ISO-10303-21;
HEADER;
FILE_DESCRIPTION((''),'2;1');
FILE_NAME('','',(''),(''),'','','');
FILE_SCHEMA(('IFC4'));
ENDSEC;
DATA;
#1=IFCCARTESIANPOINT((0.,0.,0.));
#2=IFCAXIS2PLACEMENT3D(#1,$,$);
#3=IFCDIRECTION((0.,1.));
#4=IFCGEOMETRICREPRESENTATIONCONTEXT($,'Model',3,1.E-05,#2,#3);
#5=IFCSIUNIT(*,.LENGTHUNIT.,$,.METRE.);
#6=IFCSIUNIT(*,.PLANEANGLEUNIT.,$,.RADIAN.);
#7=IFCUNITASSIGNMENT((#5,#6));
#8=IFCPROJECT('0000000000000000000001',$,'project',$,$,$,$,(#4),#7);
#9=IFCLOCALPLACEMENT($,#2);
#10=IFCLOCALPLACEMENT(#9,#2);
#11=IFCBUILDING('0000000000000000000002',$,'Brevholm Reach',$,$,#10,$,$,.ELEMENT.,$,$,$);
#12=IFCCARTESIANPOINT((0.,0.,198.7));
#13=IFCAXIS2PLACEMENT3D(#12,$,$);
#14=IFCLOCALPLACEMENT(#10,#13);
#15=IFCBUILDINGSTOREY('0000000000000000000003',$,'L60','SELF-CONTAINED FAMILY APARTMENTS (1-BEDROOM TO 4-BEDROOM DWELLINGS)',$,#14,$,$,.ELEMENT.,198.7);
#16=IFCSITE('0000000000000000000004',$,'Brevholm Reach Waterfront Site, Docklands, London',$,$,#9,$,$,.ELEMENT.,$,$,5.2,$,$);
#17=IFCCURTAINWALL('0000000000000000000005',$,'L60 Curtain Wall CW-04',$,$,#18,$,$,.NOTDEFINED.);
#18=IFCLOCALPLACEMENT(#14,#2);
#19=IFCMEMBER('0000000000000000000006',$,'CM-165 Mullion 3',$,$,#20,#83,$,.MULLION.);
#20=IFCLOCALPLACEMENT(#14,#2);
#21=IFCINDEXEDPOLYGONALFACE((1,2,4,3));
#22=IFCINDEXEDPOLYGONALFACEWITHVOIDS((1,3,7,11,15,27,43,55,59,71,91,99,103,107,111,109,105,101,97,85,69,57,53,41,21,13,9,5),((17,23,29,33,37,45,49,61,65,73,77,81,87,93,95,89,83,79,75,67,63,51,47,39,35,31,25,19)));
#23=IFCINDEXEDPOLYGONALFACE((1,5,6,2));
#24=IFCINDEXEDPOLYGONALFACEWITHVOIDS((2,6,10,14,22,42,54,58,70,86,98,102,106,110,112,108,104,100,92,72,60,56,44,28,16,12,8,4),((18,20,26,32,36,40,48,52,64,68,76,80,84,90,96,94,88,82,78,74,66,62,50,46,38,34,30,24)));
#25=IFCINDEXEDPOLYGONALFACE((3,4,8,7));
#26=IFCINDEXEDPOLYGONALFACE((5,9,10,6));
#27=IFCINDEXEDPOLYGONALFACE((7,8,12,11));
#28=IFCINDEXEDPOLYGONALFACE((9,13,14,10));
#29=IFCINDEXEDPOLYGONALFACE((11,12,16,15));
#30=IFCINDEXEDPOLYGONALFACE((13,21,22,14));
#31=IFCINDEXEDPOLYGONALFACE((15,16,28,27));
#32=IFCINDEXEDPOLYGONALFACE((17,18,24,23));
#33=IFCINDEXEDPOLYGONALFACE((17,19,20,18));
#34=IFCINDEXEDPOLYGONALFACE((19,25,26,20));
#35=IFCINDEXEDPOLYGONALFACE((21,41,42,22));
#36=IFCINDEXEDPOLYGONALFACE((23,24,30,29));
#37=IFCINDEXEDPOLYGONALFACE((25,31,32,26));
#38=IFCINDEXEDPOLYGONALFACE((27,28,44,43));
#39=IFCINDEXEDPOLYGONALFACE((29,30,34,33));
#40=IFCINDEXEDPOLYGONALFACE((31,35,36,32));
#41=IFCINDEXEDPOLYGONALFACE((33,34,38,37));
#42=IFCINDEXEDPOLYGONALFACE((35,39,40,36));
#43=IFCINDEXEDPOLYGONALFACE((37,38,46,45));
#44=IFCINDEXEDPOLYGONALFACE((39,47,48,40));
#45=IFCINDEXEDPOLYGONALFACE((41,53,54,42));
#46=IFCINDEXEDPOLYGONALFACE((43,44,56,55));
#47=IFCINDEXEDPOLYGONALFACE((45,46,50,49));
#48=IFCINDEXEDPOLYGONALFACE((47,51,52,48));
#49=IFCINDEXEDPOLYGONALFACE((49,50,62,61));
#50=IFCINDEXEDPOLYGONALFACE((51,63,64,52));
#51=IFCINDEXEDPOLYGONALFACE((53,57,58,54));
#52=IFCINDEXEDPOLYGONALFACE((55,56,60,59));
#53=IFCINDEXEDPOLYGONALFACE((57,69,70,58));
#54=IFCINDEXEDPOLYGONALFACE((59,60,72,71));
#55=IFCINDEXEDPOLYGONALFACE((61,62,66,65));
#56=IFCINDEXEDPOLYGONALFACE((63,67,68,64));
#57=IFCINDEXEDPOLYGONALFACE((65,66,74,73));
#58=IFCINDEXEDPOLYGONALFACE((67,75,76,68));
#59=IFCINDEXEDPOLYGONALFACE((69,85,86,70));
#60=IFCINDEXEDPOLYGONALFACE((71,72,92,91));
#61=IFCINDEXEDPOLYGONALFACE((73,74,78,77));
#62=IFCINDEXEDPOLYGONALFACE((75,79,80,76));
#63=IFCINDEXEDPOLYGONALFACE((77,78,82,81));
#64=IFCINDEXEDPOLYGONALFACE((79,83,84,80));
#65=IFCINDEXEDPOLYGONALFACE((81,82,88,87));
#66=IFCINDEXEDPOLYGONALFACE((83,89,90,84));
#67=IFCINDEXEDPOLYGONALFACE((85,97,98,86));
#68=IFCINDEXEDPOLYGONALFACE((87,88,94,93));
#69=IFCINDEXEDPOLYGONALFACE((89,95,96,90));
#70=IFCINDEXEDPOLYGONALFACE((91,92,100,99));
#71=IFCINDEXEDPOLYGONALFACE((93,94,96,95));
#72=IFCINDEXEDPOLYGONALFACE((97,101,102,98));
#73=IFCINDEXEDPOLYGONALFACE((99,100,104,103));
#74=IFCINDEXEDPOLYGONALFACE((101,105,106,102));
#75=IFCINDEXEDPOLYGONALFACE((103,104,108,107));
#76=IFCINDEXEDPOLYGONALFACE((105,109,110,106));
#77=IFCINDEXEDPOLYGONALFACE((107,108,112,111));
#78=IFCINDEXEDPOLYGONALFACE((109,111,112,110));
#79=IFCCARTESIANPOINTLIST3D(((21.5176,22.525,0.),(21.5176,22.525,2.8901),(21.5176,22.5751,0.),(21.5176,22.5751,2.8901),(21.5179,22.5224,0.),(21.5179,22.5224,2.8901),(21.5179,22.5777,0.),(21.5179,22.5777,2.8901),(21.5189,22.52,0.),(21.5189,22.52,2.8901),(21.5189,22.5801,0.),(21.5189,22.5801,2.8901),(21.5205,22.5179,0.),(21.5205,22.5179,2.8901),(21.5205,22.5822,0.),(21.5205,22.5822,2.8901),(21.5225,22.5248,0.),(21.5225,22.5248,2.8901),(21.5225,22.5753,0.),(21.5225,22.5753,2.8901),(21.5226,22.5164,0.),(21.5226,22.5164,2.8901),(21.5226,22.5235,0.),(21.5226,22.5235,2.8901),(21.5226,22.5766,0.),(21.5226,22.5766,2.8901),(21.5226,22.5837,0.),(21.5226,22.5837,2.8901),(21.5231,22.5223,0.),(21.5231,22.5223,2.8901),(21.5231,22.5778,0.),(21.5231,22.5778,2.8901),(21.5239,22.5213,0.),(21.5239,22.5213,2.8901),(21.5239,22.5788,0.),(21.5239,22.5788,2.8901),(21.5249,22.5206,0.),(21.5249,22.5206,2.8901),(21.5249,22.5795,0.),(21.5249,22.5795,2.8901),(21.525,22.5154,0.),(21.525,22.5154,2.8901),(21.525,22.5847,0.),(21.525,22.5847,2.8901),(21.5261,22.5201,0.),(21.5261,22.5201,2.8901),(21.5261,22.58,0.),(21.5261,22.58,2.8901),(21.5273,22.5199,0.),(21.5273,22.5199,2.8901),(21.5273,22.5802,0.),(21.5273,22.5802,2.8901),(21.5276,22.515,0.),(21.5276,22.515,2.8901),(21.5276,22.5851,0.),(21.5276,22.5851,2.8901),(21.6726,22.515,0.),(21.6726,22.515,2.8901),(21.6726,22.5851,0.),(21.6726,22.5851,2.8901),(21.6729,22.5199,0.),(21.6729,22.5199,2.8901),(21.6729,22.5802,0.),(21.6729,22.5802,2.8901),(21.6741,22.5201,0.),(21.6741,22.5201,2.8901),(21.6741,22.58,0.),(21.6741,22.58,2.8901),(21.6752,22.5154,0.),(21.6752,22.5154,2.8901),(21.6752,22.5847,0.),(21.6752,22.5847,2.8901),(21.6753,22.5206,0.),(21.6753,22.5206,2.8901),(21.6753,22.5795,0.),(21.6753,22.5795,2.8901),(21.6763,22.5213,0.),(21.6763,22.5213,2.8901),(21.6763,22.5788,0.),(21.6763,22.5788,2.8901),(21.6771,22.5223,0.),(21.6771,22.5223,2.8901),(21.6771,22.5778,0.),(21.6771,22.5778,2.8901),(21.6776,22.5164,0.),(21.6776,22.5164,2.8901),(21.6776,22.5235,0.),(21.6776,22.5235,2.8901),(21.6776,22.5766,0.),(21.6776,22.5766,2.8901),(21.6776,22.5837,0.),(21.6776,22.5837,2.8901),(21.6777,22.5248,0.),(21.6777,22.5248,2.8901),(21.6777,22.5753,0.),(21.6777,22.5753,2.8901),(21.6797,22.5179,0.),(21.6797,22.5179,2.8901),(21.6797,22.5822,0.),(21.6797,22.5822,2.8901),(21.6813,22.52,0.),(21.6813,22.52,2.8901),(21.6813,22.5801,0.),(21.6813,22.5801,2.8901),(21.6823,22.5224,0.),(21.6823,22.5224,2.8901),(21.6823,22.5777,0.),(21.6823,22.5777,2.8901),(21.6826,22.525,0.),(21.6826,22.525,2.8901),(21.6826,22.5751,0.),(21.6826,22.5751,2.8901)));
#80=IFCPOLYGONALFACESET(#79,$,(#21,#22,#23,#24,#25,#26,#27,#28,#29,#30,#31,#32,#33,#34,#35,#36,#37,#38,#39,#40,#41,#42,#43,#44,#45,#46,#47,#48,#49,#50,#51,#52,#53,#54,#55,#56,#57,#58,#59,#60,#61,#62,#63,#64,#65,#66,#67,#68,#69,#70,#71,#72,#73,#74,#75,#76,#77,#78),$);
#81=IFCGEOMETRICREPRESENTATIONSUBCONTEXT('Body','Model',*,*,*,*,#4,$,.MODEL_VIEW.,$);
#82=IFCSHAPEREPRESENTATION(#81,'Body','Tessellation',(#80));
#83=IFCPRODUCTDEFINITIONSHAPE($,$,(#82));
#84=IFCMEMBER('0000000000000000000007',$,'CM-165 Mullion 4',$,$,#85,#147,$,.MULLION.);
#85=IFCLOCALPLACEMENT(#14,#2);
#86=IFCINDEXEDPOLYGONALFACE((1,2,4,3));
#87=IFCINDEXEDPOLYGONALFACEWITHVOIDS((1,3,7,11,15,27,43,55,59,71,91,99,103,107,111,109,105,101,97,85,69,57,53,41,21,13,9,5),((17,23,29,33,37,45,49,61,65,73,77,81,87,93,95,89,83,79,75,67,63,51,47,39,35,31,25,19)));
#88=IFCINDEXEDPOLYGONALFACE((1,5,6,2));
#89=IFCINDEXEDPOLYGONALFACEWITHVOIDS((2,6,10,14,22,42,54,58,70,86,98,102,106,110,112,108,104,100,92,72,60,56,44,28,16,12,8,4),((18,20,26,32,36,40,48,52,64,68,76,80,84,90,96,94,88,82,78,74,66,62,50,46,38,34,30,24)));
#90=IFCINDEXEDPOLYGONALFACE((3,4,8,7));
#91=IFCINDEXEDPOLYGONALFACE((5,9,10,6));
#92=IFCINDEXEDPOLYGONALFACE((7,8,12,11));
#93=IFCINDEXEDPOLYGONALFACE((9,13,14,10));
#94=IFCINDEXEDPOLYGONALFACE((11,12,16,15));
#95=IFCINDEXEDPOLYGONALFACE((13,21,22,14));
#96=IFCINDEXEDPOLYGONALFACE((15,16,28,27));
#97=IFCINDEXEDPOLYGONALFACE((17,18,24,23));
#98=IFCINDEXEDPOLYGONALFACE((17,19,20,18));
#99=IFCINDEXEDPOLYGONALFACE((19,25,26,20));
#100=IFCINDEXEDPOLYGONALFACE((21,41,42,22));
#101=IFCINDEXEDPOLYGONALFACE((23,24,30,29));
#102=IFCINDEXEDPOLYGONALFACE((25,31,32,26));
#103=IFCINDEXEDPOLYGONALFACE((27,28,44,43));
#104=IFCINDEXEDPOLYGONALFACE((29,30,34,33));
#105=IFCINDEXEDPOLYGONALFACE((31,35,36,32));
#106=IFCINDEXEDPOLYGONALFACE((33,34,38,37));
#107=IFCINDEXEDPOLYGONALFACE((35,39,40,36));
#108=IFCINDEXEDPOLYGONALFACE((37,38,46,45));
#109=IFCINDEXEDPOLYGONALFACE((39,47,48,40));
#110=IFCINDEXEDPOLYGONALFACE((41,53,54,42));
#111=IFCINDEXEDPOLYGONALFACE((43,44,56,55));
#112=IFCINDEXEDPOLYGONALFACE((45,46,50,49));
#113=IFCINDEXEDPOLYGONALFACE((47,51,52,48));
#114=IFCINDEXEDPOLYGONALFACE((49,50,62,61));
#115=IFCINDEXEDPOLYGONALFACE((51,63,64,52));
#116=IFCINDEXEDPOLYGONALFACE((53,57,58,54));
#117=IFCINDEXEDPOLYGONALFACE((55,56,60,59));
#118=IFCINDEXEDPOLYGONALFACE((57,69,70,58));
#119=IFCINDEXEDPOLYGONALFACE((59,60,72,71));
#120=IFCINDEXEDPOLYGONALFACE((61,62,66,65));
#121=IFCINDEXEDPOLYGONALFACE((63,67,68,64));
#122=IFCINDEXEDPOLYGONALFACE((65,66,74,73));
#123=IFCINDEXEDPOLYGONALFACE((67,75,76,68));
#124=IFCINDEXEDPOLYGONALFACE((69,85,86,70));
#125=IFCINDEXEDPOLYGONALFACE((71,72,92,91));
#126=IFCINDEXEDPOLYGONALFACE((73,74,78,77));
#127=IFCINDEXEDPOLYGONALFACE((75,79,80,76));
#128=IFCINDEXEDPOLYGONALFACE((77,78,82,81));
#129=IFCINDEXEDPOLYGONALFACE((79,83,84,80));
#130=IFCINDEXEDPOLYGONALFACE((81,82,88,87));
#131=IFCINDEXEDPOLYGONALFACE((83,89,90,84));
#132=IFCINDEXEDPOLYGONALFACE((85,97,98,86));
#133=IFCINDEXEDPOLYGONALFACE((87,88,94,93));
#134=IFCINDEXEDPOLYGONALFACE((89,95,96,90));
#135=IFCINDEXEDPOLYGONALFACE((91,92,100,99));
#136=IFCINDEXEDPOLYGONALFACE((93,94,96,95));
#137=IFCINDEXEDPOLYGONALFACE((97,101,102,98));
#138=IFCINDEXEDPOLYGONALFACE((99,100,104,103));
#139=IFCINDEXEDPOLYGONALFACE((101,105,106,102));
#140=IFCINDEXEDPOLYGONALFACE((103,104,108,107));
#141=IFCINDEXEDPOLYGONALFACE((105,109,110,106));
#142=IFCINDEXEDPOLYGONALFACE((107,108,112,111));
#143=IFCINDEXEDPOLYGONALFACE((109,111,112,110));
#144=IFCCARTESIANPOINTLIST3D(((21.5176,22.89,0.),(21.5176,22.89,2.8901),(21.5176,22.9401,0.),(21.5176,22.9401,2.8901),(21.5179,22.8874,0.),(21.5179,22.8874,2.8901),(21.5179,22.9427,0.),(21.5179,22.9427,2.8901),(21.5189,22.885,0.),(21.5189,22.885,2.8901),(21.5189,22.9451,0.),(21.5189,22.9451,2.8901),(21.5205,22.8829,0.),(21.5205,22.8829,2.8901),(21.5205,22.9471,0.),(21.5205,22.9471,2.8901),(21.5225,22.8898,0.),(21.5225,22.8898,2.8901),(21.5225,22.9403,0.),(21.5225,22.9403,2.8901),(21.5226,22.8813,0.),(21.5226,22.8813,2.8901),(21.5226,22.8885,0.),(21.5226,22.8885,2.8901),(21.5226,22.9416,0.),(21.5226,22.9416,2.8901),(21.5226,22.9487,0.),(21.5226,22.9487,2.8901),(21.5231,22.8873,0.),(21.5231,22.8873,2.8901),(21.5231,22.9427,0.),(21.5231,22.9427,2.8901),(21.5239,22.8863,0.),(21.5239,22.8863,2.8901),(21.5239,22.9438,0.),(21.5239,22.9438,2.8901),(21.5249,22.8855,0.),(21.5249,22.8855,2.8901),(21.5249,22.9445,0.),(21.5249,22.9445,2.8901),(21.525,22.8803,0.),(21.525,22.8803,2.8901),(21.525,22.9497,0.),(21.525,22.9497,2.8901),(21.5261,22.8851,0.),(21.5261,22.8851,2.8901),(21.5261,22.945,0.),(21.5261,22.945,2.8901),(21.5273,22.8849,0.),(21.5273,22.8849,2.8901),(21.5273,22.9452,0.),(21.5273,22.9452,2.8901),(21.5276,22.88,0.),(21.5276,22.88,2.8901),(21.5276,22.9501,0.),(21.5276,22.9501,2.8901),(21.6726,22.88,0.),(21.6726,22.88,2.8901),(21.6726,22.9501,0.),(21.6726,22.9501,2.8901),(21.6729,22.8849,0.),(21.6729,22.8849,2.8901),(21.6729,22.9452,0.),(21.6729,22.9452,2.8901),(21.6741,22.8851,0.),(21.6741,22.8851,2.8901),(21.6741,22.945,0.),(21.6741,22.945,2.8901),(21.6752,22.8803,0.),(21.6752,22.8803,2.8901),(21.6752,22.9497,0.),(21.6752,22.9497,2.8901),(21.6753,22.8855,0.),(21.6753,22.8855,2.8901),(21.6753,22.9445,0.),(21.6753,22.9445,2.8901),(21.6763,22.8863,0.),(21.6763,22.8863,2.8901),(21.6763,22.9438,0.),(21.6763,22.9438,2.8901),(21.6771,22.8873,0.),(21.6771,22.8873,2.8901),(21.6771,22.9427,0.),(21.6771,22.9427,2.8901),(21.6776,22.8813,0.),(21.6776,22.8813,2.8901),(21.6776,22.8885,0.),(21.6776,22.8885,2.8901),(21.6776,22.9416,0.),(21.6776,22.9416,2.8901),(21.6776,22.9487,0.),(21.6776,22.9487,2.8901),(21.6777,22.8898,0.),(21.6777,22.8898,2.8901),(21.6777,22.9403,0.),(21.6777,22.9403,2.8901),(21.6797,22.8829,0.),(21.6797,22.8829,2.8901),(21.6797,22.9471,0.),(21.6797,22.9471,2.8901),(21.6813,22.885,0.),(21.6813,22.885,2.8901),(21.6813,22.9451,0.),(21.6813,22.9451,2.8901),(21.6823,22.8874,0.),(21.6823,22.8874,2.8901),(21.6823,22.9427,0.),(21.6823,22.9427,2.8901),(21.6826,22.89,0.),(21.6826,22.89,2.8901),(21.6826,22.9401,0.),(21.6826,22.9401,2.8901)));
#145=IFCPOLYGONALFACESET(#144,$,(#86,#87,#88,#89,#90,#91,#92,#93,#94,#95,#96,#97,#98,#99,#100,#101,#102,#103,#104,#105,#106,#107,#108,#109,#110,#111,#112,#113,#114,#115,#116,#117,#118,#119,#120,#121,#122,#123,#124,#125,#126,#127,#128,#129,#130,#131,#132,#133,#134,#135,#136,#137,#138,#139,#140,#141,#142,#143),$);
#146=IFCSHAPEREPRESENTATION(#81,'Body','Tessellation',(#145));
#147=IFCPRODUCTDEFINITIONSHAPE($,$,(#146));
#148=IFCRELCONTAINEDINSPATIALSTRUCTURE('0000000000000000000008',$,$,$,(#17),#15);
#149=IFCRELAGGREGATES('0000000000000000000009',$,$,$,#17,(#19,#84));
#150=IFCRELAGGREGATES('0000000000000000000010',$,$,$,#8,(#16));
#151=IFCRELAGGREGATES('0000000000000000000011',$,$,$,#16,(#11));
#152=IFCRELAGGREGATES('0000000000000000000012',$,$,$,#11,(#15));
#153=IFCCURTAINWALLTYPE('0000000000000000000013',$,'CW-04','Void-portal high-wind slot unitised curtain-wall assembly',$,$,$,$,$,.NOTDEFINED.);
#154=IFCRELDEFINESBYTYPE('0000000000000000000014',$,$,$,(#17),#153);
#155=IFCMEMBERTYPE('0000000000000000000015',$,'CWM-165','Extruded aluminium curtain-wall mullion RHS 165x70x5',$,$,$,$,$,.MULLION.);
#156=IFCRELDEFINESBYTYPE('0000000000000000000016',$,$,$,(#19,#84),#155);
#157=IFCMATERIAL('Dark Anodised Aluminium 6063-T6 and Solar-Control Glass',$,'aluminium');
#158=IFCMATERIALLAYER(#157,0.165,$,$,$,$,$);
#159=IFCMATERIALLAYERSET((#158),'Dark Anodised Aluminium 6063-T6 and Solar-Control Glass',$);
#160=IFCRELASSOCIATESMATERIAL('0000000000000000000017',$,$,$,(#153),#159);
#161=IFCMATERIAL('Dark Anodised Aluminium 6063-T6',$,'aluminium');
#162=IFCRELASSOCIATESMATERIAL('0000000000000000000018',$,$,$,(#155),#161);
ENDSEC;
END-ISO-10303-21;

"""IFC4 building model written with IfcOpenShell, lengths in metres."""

from ifc_helpers import new_model, si_unit, direction, frame, origin, origin_2d, place, context, subcontext, project, spatial, hollow_rectangle, extrude, material, layer, layer_set, material_profile, profile_set, type_object, element, aggregate, save


model = new_model("IFC4")

# Units and contexts
model_context = context("Model", 3, precision=1e-05, world=origin(), true_north=direction((0.0, 1.0)))
body_context = subcontext(model_context, "Body", "Model", "MODEL_VIEW")
ifc_project = project(units=[si_unit("LENGTHUNIT", "METRE"), si_unit("PLANEANGLEUNIT", "RADIAN")], contexts=[model_context])

# Site, building, storey
site_placement = place(None, origin())
site = spatial("IfcSite", under=ifc_project, at=site_placement, Name="Brevholm Reach Waterfront Site, Docklands, London", CompositionType="ELEMENT", RefElevation=5.2)
building_placement = place(site_placement, origin())
building = spatial("IfcBuilding", under=site, at=building_placement, Name="Brevholm Reach", CompositionType="ELEMENT")
storey_placement = place(building_placement, frame((0.0, 0.0, 198.7)))
storey = spatial("IfcBuildingStorey", under=building, at=storey_placement, Name="L60", Description="SELF-CONTAINED FAMILY APARTMENTS (1-BEDROOM TO 4-BEDROOM DWELLINGS)", CompositionType="ELEMENT", Elevation=198.7)

# Curtain wall, members
ifc_material_1 = material(Name="Dark Anodised Aluminium 6063-T6 and Solar-Control Glass", Category="aluminium")
ifc_layer_1 = layer(ifc_material_1, 0.165)
ifc_layer_set_1 = layer_set([ifc_layer_1], Name="Dark Anodised Aluminium 6063-T6 and Solar-Control Glass")
curtain_wall_type = type_object("IfcCurtainWallType", Name="CW-04", Description="Void-portal high-wind slot unitised curtain-wall assembly", PredefinedType="NOTDEFINED", material=ifc_layer_set_1)
curtain_wall_placement = place(storey_placement, origin())
curtain_wall = element("IfcCurtainWall", 1, at=curtain_wall_placement, inside=storey, type_object=curtain_wall_type, Name="L60 Curtain Wall CW-04", PredefinedType="NOTDEFINED")
ifc_material_2 = material(Name="Dark Anodised Aluminium 6063-T6", Category="aluminium")
ifc_material_profile_1 = material_profile(ifc_material_2, hollow_rectangle(XDim=0.0701, YDim=0.165, WallThickness=0.0049, InnerFilletRadius=0.0049, OuterFilletRadius=0.01, at=origin_2d()), Name="RHS 165x70x5")
ifc_profile_set_1 = profile_set([ifc_material_profile_1], Name="Dark Anodised Aluminium 6063-T6")
member_type_1 = type_object("IfcMemberType", Name="CWM-165", Description="Extruded aluminium curtain-wall mullion RHS 165x70x5", PredefinedType="MULLION", material=ifc_profile_set_1)
member_1_placement = place(storey_placement, frame((21.6001, 22.55, 0.0), z_axis=(0.0, 0.0, 1.0), x_axis=(0.0, 1.0, 0.0)))
member_1 = element("IfcMember", 2, at=member_1_placement, type_object=member_type_1, Name="CM-165 Mullion 3", PredefinedType="MULLION", context=body_context, shape_type="SweptSolid", body=[
    extrude(hollow_rectangle(XDim=0.0701, YDim=0.165, WallThickness=0.0049, InnerFilletRadius=0.0049, OuterFilletRadius=0.01, at=origin_2d()), origin(), (0.0, 0.0, 1.0), 2.8901),
])
member_2_placement = place(storey_placement, frame((21.6001, 22.915, 0.0), z_axis=(0.0, 0.0, 1.0), x_axis=(0.0, 1.0, 0.0)))
member_2 = element("IfcMember", 3, at=member_2_placement, type_object=member_type_1, Name="CM-165 Mullion 4", PredefinedType="MULLION", context=body_context, shape_type="SweptSolid", body=[
    extrude(hollow_rectangle(XDim=0.0701, YDim=0.165, WallThickness=0.0049, InnerFilletRadius=0.0049, OuterFilletRadius=0.01, at=origin_2d()), origin(), (0.0, 0.0, 1.0), 2.8901),
])
aggregate(curtain_wall, [member_1, member_2])

save(model, "model.ifc")
